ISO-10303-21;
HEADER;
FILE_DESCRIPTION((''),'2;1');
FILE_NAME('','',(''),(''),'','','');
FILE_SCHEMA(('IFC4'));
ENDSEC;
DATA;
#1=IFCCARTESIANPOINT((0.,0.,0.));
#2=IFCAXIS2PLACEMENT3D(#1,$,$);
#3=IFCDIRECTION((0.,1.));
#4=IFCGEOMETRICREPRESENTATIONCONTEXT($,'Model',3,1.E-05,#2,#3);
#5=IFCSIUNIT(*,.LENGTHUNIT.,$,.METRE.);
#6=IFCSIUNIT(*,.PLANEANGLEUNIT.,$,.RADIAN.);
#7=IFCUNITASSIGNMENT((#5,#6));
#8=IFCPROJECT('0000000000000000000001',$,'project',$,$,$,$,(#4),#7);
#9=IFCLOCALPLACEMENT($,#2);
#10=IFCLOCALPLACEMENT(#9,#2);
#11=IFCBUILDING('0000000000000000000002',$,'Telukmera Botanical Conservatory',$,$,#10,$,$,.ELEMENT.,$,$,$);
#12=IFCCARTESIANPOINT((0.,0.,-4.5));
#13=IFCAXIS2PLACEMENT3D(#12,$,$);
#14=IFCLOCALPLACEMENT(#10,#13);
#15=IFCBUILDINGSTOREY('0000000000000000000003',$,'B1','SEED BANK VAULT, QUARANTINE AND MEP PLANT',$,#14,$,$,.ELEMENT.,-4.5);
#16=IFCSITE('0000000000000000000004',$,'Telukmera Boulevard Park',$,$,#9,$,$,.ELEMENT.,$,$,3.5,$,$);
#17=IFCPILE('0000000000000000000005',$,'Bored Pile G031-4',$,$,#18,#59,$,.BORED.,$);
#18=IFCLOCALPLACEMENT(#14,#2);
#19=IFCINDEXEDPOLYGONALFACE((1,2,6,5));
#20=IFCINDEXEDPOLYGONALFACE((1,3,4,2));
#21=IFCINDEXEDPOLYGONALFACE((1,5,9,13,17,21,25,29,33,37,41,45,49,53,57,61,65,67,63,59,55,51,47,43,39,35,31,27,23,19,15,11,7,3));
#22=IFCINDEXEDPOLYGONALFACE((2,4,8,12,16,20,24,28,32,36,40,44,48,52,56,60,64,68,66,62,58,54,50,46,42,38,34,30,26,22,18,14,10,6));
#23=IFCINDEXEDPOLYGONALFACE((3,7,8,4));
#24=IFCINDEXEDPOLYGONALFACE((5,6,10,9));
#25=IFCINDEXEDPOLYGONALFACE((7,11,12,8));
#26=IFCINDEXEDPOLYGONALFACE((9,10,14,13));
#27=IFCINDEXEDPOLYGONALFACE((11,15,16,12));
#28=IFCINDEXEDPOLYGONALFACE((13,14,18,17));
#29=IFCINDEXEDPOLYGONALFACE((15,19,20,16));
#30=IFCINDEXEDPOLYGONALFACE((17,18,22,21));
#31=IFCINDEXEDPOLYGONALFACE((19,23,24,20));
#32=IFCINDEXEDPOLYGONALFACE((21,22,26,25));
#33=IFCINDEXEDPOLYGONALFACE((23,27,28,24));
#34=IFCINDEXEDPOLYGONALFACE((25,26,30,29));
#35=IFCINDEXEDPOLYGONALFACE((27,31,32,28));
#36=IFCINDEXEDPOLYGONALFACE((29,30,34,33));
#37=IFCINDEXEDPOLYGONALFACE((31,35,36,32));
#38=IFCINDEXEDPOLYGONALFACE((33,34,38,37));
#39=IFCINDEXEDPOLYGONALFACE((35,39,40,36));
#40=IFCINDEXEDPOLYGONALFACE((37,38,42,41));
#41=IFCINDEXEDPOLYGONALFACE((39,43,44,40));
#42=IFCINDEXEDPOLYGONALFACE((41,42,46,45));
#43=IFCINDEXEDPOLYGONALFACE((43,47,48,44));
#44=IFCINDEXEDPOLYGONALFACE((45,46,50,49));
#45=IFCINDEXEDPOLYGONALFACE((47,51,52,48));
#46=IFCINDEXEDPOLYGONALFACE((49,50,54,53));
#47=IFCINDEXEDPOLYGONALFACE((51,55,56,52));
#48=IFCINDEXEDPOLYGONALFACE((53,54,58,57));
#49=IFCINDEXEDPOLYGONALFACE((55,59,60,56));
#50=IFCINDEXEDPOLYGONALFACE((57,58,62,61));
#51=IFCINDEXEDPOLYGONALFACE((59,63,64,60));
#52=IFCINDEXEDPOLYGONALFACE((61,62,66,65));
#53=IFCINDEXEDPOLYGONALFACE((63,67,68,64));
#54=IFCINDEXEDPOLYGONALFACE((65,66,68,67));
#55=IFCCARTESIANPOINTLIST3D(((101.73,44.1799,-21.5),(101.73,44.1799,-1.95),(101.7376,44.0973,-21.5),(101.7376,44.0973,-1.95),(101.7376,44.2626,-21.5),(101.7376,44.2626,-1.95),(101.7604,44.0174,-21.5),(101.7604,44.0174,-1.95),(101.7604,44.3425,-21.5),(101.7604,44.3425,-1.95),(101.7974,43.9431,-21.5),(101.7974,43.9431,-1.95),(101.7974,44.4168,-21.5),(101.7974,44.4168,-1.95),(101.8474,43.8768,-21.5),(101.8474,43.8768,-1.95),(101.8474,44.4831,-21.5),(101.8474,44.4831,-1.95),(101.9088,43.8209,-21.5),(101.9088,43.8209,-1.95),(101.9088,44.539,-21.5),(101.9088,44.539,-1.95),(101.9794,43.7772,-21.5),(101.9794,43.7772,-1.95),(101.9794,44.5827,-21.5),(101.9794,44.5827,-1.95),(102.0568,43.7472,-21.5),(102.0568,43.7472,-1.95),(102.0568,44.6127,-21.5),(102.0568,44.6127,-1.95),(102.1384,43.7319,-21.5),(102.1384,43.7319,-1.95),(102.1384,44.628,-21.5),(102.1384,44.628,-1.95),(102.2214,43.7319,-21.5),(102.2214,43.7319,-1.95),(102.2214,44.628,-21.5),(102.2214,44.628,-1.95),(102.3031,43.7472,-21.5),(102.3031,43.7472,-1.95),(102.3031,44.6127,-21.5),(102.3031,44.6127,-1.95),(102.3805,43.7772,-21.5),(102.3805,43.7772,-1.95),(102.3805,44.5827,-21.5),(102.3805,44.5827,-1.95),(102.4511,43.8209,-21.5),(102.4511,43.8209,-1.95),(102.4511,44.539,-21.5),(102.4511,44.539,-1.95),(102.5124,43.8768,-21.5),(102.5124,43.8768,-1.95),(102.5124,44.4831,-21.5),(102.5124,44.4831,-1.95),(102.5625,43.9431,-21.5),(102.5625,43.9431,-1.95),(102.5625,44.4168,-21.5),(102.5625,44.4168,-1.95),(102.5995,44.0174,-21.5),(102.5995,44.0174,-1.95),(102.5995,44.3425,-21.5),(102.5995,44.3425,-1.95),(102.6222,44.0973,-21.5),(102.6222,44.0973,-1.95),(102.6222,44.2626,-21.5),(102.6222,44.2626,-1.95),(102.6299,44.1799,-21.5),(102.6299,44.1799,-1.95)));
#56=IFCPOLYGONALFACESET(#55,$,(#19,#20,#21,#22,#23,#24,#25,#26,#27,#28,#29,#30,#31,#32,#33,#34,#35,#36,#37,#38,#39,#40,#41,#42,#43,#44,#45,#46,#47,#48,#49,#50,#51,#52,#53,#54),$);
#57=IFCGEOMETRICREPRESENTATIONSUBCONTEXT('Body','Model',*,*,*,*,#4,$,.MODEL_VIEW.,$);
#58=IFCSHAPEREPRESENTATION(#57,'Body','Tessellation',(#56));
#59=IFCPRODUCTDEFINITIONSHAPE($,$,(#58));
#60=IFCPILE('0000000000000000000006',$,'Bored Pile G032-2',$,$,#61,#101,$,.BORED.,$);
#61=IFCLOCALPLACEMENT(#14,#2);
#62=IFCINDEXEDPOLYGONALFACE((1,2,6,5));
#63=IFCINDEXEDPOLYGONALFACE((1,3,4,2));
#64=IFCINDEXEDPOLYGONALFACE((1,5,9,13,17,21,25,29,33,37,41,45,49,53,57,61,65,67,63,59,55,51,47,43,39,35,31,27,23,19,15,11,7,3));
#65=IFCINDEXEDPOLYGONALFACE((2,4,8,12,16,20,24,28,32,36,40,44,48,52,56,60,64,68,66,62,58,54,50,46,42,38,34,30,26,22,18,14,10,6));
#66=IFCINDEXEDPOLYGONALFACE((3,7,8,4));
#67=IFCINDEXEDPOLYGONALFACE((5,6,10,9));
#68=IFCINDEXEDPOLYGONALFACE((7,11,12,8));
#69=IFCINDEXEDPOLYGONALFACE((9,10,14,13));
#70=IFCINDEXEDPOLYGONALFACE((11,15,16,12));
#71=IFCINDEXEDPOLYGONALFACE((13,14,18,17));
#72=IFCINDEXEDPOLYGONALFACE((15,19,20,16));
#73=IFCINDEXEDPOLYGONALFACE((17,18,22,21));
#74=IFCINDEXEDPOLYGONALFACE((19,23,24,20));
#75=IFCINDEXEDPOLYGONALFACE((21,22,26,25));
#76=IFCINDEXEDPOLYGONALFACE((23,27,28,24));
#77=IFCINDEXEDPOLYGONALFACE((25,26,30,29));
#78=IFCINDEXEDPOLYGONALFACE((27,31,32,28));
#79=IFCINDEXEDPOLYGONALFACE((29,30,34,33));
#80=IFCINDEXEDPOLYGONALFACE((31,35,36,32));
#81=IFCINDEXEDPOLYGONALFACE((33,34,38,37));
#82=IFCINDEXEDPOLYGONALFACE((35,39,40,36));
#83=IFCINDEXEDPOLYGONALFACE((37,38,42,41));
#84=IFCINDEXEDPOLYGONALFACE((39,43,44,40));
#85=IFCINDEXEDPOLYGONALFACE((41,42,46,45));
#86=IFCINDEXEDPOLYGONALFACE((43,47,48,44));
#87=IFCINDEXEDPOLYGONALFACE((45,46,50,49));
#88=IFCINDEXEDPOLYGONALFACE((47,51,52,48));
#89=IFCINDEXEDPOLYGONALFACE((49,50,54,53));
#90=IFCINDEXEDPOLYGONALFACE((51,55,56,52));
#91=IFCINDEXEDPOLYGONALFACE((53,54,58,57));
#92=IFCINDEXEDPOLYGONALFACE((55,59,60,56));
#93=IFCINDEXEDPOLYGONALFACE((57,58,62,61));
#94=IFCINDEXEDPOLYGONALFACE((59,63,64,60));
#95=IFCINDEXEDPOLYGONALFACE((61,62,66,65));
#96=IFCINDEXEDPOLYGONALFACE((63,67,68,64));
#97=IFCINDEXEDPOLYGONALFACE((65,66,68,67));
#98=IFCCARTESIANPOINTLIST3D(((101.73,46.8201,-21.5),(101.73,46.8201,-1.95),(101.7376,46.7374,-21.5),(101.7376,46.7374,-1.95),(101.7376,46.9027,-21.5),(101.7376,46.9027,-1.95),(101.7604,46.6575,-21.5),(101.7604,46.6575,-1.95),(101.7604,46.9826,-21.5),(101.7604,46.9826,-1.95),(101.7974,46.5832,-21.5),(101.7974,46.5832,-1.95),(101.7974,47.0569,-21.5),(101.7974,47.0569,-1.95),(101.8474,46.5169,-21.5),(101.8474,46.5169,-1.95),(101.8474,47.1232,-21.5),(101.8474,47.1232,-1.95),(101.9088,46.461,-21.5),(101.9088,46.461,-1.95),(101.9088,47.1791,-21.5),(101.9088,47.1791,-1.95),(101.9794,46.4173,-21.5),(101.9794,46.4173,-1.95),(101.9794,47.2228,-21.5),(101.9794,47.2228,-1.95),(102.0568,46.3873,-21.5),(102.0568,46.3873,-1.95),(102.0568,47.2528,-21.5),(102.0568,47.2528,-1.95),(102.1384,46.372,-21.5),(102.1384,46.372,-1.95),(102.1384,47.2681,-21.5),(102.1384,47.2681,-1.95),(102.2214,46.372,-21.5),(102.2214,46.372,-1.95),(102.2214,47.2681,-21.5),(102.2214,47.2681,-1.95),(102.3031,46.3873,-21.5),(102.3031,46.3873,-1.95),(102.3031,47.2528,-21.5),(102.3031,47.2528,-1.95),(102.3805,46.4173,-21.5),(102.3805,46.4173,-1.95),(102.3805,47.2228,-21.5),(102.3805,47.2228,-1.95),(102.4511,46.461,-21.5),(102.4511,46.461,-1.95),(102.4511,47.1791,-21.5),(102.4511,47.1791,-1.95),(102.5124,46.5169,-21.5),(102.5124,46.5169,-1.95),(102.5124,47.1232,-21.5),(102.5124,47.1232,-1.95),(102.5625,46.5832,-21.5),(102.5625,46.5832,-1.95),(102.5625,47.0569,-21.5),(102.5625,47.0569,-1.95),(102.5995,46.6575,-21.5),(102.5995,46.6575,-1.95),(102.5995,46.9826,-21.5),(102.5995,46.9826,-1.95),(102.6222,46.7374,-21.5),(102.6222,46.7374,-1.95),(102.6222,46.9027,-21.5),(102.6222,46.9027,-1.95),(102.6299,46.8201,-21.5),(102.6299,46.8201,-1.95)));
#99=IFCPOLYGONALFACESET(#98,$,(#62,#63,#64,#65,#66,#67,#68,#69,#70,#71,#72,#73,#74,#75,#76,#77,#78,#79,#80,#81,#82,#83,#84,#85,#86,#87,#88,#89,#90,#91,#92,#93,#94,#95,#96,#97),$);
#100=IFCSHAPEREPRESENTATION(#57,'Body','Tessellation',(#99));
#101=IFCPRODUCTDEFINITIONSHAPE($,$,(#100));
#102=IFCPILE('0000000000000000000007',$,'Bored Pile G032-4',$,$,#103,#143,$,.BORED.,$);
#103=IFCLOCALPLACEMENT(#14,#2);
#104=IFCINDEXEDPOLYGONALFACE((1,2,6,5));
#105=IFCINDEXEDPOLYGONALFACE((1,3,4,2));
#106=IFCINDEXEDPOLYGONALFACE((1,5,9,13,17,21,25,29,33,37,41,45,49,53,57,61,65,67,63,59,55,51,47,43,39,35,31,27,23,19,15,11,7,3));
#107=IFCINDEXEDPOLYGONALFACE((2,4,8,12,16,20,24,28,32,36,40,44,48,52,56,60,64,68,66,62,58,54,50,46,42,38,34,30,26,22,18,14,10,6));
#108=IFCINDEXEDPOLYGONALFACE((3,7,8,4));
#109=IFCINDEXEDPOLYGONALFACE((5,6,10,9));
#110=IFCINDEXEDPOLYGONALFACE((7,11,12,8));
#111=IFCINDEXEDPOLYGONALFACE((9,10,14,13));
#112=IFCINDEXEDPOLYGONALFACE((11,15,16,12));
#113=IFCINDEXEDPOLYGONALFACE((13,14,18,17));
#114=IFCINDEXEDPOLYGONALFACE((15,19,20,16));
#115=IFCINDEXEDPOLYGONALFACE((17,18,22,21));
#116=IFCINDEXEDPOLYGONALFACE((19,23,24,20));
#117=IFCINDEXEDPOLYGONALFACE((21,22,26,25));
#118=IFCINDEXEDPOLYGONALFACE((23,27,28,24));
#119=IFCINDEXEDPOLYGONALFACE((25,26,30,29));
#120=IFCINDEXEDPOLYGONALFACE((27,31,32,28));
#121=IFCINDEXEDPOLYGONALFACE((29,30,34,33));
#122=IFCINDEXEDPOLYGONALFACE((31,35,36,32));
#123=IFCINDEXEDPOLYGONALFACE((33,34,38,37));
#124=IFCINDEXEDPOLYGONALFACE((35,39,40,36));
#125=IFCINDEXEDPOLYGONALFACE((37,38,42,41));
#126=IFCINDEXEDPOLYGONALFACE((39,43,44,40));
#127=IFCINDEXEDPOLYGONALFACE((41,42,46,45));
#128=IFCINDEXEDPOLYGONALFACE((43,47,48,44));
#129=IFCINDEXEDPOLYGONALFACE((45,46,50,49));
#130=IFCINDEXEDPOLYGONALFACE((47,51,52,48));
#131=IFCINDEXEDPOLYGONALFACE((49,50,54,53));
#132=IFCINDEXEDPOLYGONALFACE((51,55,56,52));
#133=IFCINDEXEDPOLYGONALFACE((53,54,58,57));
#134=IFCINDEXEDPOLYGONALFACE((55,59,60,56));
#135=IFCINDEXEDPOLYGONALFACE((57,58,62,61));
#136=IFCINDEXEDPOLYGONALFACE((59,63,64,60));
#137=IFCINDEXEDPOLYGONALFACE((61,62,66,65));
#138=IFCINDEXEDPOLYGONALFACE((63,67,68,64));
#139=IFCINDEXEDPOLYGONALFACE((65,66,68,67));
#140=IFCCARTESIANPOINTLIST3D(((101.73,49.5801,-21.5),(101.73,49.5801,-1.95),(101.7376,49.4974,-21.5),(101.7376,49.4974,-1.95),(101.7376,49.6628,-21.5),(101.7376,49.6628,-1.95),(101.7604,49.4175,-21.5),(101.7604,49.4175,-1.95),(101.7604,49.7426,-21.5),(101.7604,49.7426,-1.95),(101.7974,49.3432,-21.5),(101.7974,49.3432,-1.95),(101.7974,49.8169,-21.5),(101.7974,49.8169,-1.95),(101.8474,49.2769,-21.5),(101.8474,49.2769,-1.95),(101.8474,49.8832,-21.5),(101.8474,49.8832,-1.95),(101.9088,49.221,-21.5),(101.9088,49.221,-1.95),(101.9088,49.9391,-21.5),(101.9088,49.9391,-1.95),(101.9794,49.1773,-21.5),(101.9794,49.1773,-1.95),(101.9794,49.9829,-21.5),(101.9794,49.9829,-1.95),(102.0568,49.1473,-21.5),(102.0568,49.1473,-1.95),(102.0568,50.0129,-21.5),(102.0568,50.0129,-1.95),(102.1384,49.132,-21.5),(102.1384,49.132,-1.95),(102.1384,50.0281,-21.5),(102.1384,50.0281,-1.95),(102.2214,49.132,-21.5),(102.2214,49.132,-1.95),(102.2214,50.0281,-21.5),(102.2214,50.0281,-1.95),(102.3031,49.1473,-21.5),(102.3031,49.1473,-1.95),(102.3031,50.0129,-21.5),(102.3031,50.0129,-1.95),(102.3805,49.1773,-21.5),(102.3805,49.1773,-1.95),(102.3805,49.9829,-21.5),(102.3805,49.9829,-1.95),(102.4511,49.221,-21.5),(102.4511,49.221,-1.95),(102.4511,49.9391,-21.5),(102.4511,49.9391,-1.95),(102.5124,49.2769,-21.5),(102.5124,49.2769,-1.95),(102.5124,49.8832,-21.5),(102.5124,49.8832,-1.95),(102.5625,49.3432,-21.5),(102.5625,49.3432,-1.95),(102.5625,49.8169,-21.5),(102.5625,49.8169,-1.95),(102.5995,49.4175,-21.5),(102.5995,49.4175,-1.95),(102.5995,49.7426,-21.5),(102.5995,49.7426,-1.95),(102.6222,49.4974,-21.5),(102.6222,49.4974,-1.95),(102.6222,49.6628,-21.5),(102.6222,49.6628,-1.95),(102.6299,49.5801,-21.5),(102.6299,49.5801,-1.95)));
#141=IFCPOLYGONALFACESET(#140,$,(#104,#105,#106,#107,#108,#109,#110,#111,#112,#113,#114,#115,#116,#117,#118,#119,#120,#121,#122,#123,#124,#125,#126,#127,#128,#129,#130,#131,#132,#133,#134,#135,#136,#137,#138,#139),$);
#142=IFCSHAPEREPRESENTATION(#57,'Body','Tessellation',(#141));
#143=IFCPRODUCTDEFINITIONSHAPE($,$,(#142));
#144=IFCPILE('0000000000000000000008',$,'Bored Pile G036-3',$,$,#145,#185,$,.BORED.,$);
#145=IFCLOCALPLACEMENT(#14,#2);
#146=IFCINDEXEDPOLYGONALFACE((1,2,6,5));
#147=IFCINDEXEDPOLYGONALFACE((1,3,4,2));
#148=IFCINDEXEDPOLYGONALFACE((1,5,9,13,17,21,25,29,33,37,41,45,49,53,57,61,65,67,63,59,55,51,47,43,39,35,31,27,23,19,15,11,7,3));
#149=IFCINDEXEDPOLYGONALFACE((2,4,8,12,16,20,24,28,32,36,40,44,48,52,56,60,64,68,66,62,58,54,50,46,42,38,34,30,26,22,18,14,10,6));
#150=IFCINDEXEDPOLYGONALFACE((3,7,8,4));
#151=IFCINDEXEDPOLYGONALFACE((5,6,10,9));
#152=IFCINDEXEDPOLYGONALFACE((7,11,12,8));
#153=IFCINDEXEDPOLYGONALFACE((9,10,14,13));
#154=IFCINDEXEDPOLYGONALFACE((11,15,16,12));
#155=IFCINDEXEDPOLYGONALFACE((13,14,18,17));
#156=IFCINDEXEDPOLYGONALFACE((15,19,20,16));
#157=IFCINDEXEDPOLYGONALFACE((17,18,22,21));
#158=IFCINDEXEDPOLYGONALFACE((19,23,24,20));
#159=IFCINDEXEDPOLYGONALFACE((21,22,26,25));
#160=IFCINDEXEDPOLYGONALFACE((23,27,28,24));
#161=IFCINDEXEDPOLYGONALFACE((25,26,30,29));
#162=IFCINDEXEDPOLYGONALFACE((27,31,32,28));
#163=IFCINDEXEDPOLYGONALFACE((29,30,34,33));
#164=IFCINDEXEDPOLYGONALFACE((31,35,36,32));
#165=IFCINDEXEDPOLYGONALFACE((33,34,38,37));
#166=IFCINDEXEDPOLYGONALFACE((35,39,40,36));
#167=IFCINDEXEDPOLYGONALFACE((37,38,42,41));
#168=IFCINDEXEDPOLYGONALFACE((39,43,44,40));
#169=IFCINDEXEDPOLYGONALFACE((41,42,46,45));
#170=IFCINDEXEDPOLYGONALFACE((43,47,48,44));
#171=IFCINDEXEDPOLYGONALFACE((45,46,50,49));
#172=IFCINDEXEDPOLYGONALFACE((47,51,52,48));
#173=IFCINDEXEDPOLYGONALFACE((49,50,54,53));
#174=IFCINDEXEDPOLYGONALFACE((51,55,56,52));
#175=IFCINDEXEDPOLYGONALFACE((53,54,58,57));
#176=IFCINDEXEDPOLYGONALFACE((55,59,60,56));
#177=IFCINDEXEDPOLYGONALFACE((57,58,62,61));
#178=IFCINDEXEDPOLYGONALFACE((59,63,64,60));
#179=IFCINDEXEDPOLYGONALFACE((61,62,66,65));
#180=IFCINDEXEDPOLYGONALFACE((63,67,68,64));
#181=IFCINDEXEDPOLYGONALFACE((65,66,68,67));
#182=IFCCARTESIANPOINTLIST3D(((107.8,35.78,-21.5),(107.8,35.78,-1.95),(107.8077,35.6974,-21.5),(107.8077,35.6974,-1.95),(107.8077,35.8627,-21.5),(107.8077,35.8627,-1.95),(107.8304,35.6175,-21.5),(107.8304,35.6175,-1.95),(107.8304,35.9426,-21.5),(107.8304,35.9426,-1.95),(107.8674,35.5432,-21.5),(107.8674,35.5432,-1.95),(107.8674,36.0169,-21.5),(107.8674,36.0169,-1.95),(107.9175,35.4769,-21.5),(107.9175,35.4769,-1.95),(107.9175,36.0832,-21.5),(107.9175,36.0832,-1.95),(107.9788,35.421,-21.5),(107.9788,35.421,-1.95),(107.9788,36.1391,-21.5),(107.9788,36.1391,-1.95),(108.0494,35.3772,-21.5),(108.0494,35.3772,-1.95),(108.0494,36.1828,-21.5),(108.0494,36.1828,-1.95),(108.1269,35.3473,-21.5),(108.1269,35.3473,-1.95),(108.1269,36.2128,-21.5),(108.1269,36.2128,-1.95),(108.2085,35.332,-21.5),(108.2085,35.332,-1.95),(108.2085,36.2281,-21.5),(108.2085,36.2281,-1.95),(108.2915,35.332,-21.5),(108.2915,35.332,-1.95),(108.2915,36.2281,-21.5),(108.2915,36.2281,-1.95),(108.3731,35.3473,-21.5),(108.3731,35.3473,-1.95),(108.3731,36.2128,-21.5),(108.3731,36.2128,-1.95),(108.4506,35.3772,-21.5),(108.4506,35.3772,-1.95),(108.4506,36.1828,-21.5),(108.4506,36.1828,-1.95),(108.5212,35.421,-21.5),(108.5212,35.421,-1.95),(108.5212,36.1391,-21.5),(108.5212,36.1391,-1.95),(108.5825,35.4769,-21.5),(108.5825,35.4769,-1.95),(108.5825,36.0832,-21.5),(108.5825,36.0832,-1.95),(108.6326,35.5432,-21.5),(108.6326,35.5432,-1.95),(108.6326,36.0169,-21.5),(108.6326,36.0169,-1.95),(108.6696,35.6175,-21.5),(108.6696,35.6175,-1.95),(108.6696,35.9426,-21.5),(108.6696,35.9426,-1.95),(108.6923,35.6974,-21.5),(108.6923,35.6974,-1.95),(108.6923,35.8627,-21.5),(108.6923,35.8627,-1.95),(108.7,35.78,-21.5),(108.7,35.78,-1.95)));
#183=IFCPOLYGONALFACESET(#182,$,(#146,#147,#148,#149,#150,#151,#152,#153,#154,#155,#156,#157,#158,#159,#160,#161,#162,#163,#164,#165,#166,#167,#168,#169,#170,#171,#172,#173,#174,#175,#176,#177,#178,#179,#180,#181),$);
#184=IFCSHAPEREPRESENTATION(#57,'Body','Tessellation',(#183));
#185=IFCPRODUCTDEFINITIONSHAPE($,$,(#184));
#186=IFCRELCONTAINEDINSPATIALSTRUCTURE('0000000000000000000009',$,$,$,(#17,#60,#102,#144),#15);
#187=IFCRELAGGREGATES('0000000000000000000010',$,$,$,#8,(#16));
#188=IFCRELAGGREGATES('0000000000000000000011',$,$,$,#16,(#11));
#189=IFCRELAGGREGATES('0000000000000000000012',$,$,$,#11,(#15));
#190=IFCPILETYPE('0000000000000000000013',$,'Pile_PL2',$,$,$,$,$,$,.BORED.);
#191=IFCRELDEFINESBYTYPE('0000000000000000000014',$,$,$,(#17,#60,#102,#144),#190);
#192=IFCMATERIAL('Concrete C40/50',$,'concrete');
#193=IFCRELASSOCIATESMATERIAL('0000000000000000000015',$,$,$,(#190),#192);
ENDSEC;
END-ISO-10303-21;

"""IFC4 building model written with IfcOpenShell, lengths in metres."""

from ifc_helpers import new_model, si_unit, direction, frame, origin, origin_2d, place, context, subcontext, project, spatial, circle, extrude, material, material_profile, profile_set, type_object, element, save


model = new_model("IFC4")

# Units and contexts
model_context = context("Model", 3, precision=1e-05, world=origin(), true_north=direction((0.0, 1.0)))
body_context = subcontext(model_context, "Body", "Model", "MODEL_VIEW")
ifc_project = project(units=[si_unit("LENGTHUNIT", "METRE"), si_unit("PLANEANGLEUNIT", "RADIAN")], contexts=[model_context])

# Site, building, storey
site_placement = place(None, origin())
site = spatial("IfcSite", under=ifc_project, at=site_placement, Name="Telukmera Boulevard Park", CompositionType="ELEMENT", RefElevation=3.5)
building_placement = place(site_placement, origin())
building = spatial("IfcBuilding", under=site, at=building_placement, Name="Telukmera Botanical Conservatory", CompositionType="ELEMENT")
storey_placement = place(building_placement, frame((0.0, 0.0, -4.5)))
storey = spatial("IfcBuildingStorey", under=building, at=storey_placement, Name="B1", Description="SEED BANK VAULT, QUARANTINE AND MEP PLANT", CompositionType="ELEMENT", Elevation=-4.5)

# Shared definitions
ifc_material_1 = material(Name="Concrete C40/50", Category="concrete")

# Piles
ifc_material_profile_1 = material_profile(ifc_material_1, circle(Radius=0.45, at=origin_2d()), Name="PILE D900")
ifc_profile_set_1 = profile_set([ifc_material_profile_1], Name="Concrete C40/50")
pile_type_1 = type_object("IfcPileType", Name="Pile_PL2", PredefinedType="BORED", material=ifc_profile_set_1)
for number, where, z_axis, x_axis, name in (
    (1, (102.1799, 44.1799, -1.95), (0.0, 0.0, -1.0), (1.0, 0.0, 0.0), "Bored Pile G031-4"),
    (2, (102.1799, 46.8201, -1.95), (0.0, 0.0, -1.0), (1.0, 0.0, 0.0), "Bored Pile G032-2"),
    (3, (102.1799, 49.5801, -1.95), (0.0, 0.0, -1.0), (1.0, 0.0, 0.0), "Bored Pile G032-4"),
    (4, (108.25, 35.78, -1.95), (0.0, 0.0, -1.0), (1.0, 0.0, 0.0), "Bored Pile G036-3"),
):
    element("IfcPile", number, at=place(storey_placement, frame(where, z_axis=z_axis, x_axis=x_axis)), inside=storey, type_object=pile_type_1, Name=name, PredefinedType="BORED", context=body_context, shape_type="SweptSolid", body=[
        extrude(circle(Radius=0.45, at=origin_2d()), origin(), (0.0, 0.0, 1.0), 19.55),
    ])

save(model, "model.ifc")
